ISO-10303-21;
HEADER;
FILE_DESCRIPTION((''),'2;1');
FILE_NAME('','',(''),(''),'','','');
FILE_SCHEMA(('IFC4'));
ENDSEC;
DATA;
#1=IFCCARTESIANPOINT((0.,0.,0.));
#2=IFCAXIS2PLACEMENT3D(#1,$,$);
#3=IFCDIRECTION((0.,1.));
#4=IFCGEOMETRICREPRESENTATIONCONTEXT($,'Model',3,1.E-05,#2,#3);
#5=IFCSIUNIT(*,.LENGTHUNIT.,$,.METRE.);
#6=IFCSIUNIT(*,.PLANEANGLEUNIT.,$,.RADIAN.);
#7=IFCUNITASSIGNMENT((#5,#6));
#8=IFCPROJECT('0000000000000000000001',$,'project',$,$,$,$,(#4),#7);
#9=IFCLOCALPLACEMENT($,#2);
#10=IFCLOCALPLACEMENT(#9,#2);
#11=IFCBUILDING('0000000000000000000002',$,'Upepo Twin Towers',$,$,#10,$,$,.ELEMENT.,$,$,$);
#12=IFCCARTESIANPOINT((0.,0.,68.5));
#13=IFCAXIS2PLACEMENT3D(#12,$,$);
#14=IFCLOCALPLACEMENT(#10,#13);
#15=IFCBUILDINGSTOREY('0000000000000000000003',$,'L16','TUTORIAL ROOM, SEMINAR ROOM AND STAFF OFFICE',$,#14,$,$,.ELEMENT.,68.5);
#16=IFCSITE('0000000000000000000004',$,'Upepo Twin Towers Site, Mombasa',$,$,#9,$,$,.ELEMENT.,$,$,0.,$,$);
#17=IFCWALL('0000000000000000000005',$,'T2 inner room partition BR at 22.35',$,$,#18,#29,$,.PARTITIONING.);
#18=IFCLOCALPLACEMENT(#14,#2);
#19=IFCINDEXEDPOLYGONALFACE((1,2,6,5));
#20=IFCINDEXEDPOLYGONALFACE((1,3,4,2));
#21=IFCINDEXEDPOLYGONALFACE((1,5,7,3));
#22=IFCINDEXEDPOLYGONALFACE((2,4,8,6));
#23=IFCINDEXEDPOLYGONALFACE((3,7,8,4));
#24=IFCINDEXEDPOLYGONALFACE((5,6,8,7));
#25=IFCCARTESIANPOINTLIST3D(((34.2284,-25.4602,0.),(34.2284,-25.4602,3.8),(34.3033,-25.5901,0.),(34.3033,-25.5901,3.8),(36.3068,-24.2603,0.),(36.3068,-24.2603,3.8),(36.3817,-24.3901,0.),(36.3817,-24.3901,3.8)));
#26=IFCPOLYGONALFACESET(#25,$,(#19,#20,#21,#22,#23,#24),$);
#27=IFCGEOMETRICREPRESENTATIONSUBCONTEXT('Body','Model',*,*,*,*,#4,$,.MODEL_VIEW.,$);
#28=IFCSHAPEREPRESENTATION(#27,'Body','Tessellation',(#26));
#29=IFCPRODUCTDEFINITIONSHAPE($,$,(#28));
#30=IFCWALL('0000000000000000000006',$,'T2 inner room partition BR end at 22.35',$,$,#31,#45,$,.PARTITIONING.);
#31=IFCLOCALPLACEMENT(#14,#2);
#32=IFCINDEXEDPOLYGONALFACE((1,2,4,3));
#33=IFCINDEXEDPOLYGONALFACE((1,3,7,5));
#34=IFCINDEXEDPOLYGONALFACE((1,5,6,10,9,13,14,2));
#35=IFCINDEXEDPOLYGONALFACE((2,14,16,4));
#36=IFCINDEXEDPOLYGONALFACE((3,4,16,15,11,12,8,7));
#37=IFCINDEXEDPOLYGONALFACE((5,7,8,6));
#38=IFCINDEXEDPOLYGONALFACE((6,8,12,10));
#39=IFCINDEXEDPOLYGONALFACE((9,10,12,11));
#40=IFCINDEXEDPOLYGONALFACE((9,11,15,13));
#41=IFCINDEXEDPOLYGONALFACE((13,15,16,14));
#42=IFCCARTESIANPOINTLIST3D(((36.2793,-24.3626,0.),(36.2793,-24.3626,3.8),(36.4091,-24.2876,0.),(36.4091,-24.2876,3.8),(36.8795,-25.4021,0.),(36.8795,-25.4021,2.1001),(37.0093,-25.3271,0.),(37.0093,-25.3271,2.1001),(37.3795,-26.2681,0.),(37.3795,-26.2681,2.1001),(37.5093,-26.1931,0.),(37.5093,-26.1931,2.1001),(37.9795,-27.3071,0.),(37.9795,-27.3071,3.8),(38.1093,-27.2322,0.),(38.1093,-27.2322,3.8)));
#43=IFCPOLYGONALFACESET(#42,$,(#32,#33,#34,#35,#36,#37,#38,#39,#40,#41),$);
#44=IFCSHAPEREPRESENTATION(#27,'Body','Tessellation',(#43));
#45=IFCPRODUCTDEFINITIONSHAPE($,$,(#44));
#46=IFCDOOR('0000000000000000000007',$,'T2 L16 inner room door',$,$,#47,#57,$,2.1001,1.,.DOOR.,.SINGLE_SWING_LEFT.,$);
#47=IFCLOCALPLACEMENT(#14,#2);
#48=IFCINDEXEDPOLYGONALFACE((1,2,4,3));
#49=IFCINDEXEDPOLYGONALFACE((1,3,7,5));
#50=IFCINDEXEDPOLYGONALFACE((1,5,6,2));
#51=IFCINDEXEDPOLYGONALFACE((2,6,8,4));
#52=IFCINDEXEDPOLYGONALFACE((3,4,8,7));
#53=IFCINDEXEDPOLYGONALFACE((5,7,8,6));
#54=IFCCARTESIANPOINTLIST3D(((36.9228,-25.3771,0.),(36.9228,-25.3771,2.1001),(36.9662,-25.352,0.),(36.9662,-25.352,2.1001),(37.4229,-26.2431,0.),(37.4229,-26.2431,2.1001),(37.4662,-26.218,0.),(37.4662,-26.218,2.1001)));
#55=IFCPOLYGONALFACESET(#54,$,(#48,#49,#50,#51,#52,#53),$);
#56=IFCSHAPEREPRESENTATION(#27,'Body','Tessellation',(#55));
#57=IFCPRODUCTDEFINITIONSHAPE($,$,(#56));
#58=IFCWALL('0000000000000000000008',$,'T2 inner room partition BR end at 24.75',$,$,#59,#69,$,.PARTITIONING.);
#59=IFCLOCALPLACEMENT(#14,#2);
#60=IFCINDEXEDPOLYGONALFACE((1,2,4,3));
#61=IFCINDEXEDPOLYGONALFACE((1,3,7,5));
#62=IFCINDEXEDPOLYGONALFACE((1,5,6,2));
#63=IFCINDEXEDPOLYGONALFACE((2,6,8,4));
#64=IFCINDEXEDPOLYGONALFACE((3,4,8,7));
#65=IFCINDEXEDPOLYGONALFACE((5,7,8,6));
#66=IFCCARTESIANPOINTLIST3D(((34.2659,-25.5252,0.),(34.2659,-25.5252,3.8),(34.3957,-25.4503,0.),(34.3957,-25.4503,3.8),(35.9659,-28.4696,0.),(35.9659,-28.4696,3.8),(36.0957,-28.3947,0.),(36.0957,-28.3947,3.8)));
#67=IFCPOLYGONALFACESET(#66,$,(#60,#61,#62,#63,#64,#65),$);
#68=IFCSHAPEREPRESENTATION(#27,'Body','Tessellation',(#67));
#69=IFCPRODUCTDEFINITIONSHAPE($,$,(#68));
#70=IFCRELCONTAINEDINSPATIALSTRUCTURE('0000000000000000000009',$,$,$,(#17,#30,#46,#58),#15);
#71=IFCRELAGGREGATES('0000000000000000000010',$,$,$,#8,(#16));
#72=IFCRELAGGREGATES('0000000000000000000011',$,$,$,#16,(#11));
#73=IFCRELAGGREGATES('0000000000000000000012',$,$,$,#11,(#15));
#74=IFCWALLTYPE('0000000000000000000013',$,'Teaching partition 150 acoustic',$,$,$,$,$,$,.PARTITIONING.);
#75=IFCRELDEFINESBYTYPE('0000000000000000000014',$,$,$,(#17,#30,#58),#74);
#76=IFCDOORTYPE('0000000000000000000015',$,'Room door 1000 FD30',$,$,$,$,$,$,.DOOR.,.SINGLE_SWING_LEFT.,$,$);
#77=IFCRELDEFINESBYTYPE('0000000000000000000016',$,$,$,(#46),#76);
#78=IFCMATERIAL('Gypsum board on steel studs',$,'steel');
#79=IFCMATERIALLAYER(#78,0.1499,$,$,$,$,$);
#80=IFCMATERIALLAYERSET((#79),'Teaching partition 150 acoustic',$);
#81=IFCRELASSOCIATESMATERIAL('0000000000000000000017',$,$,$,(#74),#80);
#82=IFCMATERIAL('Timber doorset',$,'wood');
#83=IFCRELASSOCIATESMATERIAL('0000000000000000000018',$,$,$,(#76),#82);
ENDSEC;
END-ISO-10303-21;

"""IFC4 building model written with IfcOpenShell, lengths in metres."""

from ifc_helpers import new_model, si_unit, direction, frame, frame_2d, origin, place, context, subcontext, project, spatial, rectangle, extrude, material, layer, layer_set, type_object, element, fill, save


model = new_model("IFC4")

# Units and contexts
model_context = context("Model", 3, precision=1e-05, world=origin(), true_north=direction((0.0, 1.0)))
body_context = subcontext(model_context, "Body", "Model", "MODEL_VIEW")
ifc_project = project(units=[si_unit("LENGTHUNIT", "METRE"), si_unit("PLANEANGLEUNIT", "RADIAN")], contexts=[model_context])

# Site, building, storey
site_placement = place(None, origin())
site = spatial("IfcSite", under=ifc_project, at=site_placement, Name="Upepo Twin Towers Site, Mombasa", CompositionType="ELEMENT", RefElevation=0.0)
building_placement = place(site_placement, origin())
building = spatial("IfcBuilding", under=site, at=building_placement, Name="Upepo Twin Towers", CompositionType="ELEMENT")
storey_placement = place(building_placement, frame((0.0, 0.0, 68.5)))
storey = spatial("IfcBuildingStorey", under=building, at=storey_placement, Name="L16", Description="TUTORIAL ROOM, SEMINAR ROOM AND STAFF OFFICE", CompositionType="ELEMENT", Elevation=68.5)

# Shared definitions
ifc_material_1 = material(Name="Gypsum board on steel studs", Category="steel")
ifc_layer_1 = layer(ifc_material_1, 0.1499)
ifc_layer_set_1 = layer_set([ifc_layer_1], Name="Teaching partition 150 acoustic")
wall_type_1 = type_object("IfcWallType", Name="Teaching partition 150 acoustic", PredefinedType="PARTITIONING", material=ifc_layer_set_1)
ifc_material_2 = material(Name="Timber doorset", Category="wood")
door_type = type_object("IfcDoorType", Name="Room door 1000 FD30", OperationType="SINGLE_SWING_LEFT", PredefinedType="DOOR", material=ifc_material_2)

# Wall
wall_1_placement = place(storey_placement, frame((36.3442, -24.3252, 0.0), z_axis=(0.0, 0.0, 1.0), x_axis=(-0.866025, -0.500001, 0.0)))
element("IfcWall", 1, at=wall_1_placement, inside=storey, type_object=wall_type_1, Name="T2 inner room partition BR at 22.35", PredefinedType="PARTITIONING", context=body_context, shape_type="SweptSolid", body=[
    extrude(rectangle(XDim=2.3999, YDim=0.1499, at=frame_2d((1.2, 0.0))), origin(), (0.0, 0.0, 1.0), 3.8),
])

# Wall, opening, door
wall_2_placement = place(storey_placement, frame((38.0444, -27.2698, 0.0), z_axis=(0.0, 0.0, 1.0), x_axis=(-0.500031, 0.866007, 0.0)))
wall_2 = element("IfcWall", 2, at=wall_2_placement, inside=storey, type_object=wall_type_1, Name="T2 inner room partition BR end at 22.35", PredefinedType="PARTITIONING", context=body_context, shape_type="SweptSolid", body=[
    extrude(rectangle(XDim=3.4001, YDim=0.1499, at=frame_2d((1.7002, 0.0))), origin(), (0.0, 0.0, 1.0), 3.8),
])
opening_1_placement = place(wall_2_placement, frame((1.2, 0.0, 0.0)))
opening_1 = element("IfcOpeningElement", 3, at=opening_1_placement, cuts=wall_2, PredefinedType="OPENING", context=body_context, shape_type="SweptSolid", body=[
    extrude(rectangle(XDim=1.0, YDim=2.1001, at=frame_2d((0.5, 1.05))), frame((0.0, 0.085, 0.0), z_axis=(0.0, -1.0, 0.0), x_axis=(1.0, 0.0, 0.0)), (0.0, 0.0, 1.0), 0.1699),
])
door_1_placement = place(opening_1_placement, origin())
door_1 = element("IfcDoor", 4, at=door_1_placement, inside=storey, type_object=door_type, Name="T2 L16 inner room door", OperationType="SINGLE_SWING_LEFT", OverallHeight=2.1001, OverallWidth=1.0, PredefinedType="DOOR", context=body_context, shape_type="SweptSolid", body=[
    extrude(rectangle(XDim=1.0, YDim=2.1001, at=frame_2d((0.5, 1.05))), frame((0.0, 0.0249, 0.0), z_axis=(0.0, -1.0, 0.0), x_axis=(1.0, 0.0, 0.0)), (0.0, 0.0, 1.0), 0.05),
])
fill(opening_1, door_1)

# Wall
wall_3_placement = place(storey_placement, frame((36.0308, -28.4321, 0.0), z_axis=(0.0, 0.0, 1.0), x_axis=(-0.500008, 0.866021, 0.0)))
element("IfcWall", 5, at=wall_3_placement, inside=storey, type_object=wall_type_1, Name="T2 inner room partition BR end at 24.75", PredefinedType="PARTITIONING", context=body_context, shape_type="SweptSolid", body=[
    extrude(rectangle(XDim=3.3999, YDim=0.1499, at=frame_2d((1.7, 0.0))), origin(), (0.0, 0.0, 1.0), 3.8),
])

save(model, "model.ifc")
